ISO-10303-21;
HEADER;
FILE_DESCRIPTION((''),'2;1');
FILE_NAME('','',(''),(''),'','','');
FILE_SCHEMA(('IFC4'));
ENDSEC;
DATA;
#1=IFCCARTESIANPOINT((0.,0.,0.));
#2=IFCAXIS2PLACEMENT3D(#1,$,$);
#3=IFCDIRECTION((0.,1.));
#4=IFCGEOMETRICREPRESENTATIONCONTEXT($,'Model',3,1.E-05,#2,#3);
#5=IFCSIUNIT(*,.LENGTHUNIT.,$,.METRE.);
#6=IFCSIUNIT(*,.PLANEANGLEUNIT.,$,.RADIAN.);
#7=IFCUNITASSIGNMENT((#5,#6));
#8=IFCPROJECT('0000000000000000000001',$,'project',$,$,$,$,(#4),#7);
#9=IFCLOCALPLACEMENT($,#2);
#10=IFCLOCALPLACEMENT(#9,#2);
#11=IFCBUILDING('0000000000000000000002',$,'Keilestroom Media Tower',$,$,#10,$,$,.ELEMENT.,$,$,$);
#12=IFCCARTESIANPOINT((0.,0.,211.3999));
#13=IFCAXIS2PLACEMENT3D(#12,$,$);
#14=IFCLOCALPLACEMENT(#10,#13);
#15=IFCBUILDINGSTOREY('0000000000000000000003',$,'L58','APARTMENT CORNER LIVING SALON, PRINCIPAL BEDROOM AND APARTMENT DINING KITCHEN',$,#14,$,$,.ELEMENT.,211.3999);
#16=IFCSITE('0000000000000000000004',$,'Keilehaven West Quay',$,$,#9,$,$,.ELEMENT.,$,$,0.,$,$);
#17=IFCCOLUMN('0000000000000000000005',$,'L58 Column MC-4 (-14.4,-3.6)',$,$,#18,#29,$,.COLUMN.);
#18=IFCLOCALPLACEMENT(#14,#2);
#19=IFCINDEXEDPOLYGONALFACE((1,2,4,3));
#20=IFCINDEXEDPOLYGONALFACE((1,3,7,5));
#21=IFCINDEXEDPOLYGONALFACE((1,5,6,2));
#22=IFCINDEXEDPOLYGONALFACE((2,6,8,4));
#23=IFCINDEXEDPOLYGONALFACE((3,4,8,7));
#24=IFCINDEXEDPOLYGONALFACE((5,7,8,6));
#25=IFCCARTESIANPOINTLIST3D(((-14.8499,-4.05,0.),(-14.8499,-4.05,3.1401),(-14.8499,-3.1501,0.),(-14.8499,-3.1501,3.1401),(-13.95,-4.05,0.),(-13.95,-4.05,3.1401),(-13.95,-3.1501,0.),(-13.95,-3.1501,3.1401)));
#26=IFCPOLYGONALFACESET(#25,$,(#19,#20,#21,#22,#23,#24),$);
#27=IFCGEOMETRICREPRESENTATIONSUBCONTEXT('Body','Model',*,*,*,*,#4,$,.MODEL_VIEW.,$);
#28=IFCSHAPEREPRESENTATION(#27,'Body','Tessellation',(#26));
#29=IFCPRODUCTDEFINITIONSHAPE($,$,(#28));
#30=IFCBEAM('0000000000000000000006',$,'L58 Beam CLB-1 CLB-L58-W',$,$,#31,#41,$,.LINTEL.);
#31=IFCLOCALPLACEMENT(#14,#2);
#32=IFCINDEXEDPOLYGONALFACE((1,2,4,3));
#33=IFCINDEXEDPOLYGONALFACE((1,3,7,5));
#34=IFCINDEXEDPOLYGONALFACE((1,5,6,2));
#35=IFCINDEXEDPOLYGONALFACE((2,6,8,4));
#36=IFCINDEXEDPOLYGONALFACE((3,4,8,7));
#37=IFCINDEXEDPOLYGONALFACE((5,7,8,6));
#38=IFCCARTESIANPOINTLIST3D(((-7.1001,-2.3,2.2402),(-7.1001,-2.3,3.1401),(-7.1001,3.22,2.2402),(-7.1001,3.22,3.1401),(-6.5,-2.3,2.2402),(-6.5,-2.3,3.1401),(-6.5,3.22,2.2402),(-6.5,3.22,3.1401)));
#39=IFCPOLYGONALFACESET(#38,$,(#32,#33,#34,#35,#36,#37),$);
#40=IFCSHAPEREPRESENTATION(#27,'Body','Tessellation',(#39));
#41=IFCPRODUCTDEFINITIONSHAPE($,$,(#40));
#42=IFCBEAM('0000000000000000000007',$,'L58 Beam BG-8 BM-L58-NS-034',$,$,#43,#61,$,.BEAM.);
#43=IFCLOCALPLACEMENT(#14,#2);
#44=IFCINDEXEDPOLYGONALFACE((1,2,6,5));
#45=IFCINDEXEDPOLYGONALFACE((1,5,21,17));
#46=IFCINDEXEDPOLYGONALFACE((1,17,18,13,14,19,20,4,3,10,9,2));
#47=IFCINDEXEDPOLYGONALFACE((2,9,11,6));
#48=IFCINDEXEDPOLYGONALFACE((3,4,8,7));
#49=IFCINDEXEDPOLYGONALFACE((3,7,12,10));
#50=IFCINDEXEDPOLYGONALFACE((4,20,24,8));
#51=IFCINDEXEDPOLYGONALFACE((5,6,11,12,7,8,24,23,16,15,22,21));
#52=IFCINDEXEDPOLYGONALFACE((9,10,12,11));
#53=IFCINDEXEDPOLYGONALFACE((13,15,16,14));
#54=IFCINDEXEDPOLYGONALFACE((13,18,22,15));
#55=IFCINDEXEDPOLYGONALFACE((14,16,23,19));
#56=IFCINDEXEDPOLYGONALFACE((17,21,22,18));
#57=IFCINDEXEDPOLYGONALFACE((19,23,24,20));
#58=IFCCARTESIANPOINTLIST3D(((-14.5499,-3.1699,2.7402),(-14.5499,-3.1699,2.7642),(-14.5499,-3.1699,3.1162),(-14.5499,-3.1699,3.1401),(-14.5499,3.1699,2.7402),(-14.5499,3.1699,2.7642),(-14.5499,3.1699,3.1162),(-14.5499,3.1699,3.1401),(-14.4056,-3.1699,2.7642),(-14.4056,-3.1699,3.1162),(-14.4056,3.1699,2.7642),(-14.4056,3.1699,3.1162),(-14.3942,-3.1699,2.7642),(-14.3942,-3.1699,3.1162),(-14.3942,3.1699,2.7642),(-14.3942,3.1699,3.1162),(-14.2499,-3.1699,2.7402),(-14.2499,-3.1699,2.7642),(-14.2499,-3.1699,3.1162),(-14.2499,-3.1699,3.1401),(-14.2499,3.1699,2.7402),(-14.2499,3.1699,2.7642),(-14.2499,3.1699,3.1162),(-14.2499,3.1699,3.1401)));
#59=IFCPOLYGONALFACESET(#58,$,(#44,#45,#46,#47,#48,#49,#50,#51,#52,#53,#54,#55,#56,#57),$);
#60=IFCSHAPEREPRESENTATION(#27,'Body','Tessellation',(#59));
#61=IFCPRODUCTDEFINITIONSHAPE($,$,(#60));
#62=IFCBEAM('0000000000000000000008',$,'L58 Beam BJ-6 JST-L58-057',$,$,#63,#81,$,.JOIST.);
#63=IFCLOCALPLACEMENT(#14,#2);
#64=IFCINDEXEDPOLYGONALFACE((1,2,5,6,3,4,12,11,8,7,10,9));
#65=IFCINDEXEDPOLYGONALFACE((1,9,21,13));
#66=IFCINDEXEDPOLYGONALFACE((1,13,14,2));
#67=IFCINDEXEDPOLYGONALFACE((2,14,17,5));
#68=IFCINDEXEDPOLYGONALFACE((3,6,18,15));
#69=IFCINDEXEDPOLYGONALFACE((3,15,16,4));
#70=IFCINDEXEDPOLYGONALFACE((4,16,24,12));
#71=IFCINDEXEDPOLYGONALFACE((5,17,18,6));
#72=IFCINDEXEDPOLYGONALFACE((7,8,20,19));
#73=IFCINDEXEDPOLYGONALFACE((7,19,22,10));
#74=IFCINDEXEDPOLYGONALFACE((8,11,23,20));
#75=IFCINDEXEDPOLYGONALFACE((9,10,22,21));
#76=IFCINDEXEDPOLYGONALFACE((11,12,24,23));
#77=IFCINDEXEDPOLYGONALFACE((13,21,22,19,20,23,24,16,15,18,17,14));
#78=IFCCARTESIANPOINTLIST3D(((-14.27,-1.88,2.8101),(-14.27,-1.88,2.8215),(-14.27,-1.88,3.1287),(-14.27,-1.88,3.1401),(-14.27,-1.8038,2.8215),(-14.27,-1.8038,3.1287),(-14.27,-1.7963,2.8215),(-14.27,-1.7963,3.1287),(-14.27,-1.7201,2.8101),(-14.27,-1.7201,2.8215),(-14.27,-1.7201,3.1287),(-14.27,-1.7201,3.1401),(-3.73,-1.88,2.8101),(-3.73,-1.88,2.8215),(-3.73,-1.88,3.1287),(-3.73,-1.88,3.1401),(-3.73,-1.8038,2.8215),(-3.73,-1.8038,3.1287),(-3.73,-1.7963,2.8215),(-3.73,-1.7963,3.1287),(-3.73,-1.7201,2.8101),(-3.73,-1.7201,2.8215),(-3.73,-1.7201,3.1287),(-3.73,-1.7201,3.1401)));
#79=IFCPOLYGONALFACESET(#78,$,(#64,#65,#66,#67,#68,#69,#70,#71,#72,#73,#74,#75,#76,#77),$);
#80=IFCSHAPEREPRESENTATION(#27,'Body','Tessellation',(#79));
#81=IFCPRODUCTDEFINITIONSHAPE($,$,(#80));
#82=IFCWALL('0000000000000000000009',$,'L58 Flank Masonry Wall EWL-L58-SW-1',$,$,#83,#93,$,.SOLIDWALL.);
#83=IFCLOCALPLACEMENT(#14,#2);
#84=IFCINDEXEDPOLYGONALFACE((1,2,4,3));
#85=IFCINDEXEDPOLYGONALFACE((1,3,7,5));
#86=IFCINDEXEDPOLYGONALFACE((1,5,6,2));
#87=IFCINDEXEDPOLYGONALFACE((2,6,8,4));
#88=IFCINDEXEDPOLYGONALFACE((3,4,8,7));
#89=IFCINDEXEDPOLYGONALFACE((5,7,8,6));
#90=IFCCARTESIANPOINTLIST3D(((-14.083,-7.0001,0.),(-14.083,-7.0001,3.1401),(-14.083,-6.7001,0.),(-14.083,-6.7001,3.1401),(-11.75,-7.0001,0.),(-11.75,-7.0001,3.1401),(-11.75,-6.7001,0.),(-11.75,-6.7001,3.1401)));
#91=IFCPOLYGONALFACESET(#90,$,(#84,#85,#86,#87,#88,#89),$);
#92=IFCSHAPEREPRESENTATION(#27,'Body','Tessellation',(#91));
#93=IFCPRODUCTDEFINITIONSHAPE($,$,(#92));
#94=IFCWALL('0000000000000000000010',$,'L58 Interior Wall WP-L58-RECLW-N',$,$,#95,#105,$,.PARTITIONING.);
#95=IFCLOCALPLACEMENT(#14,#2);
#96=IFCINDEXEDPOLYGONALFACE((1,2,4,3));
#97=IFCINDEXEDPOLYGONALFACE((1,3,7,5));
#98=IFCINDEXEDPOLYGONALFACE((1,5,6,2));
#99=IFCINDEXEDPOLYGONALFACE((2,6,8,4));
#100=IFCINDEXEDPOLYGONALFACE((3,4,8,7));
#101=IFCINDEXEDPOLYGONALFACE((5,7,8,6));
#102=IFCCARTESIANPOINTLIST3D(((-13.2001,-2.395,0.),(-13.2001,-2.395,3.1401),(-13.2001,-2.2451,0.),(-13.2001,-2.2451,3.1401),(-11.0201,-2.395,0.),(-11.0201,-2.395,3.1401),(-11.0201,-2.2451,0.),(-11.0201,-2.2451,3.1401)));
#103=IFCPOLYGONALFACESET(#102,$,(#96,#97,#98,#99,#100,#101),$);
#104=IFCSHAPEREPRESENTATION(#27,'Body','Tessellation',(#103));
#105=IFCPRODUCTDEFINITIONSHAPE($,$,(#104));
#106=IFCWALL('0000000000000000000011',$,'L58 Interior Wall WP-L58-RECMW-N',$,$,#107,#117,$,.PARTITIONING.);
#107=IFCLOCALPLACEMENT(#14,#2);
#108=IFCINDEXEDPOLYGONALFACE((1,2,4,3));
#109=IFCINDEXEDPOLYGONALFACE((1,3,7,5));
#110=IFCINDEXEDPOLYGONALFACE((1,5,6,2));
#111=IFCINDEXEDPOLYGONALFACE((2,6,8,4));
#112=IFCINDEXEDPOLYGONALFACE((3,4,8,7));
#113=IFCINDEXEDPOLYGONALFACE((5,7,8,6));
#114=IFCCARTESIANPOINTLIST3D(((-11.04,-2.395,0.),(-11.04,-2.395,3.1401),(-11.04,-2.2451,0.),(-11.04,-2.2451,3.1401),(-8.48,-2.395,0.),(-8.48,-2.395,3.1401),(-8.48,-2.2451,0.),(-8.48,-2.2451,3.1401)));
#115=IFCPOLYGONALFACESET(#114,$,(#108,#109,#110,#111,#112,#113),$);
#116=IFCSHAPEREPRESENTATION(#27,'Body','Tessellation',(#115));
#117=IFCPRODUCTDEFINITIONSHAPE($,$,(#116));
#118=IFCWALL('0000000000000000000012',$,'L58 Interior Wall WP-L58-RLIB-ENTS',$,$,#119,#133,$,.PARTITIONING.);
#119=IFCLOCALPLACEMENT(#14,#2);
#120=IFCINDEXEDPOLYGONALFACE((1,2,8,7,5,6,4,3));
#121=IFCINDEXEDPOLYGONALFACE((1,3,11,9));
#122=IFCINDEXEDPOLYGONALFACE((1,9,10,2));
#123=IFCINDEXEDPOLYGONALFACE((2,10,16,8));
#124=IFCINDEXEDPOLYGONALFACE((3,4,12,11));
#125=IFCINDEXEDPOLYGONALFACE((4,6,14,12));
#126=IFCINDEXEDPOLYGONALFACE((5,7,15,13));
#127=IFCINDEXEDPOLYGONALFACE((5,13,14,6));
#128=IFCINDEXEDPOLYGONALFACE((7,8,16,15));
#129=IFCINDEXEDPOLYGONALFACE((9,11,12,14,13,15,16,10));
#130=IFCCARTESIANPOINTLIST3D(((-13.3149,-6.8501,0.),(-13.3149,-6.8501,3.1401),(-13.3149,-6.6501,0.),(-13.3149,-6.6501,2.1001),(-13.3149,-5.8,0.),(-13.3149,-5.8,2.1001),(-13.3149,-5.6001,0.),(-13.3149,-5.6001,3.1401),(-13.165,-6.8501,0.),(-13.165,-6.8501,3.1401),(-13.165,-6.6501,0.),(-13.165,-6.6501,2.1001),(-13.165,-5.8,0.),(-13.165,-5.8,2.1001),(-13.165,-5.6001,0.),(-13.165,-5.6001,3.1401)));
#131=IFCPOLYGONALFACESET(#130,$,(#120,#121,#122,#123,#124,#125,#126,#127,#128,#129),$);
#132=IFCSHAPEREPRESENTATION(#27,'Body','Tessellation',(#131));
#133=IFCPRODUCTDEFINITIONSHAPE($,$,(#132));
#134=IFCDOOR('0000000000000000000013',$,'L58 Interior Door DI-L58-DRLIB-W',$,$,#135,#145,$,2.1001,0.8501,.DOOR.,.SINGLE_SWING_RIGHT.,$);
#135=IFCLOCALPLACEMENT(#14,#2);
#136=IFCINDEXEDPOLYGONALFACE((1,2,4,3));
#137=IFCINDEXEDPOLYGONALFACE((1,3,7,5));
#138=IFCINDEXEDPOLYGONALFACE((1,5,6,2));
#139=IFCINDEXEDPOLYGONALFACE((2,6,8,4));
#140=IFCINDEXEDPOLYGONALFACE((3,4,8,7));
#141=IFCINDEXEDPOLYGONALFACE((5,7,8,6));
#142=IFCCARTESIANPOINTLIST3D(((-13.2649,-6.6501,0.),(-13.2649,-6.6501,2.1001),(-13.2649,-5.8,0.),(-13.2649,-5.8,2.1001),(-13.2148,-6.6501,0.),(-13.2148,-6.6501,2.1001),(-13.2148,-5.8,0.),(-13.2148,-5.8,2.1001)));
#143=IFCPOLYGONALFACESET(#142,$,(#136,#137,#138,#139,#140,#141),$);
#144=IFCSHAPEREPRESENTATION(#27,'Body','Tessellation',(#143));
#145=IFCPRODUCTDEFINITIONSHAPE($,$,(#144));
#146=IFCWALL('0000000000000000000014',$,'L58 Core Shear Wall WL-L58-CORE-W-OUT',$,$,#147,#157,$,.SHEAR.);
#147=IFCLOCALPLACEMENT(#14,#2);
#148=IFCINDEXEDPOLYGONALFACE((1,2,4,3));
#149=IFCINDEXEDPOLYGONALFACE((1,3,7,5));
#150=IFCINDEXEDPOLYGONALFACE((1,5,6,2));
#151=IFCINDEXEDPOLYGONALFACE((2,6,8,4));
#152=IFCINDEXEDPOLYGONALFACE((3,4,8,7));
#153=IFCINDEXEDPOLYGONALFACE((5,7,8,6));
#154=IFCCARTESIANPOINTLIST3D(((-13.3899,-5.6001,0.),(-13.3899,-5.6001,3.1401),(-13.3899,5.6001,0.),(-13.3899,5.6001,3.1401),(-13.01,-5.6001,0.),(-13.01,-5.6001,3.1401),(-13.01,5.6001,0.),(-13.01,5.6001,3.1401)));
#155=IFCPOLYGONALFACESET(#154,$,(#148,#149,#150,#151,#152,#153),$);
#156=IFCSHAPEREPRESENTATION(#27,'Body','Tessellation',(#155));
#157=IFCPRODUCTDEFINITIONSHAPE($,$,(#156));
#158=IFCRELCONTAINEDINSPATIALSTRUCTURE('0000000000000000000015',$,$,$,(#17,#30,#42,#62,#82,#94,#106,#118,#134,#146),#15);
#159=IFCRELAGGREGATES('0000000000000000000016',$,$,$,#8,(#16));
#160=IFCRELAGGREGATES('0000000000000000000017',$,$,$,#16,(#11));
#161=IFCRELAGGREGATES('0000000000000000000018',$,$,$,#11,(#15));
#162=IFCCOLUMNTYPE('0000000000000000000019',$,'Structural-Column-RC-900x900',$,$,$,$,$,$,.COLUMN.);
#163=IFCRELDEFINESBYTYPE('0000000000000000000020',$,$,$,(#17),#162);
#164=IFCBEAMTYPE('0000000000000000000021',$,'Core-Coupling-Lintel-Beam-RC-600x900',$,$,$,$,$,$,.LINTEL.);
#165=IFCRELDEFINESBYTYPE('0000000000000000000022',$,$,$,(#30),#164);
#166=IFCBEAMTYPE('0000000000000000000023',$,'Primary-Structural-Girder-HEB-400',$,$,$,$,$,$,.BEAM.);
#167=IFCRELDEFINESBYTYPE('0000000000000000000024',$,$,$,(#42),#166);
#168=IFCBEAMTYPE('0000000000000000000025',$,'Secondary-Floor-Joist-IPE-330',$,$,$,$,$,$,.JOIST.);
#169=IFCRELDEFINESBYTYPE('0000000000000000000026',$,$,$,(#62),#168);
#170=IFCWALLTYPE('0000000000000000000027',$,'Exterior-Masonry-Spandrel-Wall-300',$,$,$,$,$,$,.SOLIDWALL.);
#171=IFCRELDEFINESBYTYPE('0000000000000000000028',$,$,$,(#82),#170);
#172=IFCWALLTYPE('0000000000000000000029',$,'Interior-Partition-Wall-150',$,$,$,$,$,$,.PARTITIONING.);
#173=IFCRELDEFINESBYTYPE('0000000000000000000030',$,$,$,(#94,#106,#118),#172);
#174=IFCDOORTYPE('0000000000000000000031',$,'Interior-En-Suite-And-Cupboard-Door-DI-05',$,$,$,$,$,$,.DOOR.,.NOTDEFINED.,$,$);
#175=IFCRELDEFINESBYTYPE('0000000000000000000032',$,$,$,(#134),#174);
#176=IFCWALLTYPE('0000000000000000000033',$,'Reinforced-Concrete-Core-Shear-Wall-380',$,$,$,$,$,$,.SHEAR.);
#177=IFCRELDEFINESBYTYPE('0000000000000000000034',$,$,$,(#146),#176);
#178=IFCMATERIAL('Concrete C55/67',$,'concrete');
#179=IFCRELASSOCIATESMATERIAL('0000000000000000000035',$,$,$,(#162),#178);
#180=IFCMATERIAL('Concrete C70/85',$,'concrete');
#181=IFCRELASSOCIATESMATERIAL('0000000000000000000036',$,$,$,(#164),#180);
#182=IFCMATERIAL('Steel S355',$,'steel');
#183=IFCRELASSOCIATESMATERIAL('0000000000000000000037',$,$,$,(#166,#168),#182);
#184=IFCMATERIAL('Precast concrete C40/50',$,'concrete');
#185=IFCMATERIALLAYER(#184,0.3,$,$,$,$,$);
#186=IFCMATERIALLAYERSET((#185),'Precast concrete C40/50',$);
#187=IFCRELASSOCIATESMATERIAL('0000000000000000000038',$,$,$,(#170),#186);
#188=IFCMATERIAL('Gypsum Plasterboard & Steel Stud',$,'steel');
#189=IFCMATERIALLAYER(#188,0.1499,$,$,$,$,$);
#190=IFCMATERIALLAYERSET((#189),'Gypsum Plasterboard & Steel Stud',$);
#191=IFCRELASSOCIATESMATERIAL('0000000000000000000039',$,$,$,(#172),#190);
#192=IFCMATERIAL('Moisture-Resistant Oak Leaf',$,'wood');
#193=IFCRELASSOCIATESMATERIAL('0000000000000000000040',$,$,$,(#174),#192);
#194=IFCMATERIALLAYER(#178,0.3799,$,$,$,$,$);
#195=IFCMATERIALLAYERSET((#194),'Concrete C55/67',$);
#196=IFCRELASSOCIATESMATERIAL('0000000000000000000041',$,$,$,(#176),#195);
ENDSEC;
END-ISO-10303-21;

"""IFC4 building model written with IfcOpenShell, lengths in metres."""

from ifc_helpers import new_model, si_unit, direction, frame, frame_2d, origin, origin_2d, place, context, subcontext, project, spatial, rectangle, i_section, extrude, source, transform, mapped, material, layer, layer_set, material_profile, profile_set, type_object, element, fill, save


model = new_model("IFC4")

# Units and contexts
model_context = context("Model", 3, precision=1e-05, world=origin(), true_north=direction((0.0, 1.0)))
body_context = subcontext(model_context, "Body", "Model", "MODEL_VIEW")
ifc_project = project(units=[si_unit("LENGTHUNIT", "METRE"), si_unit("PLANEANGLEUNIT", "RADIAN")], contexts=[model_context])

# Site, building, storey
site_placement = place(None, origin())
site = spatial("IfcSite", under=ifc_project, at=site_placement, Name="Keilehaven West Quay", CompositionType="ELEMENT", RefElevation=0.0)
building_placement = place(site_placement, origin())
building = spatial("IfcBuilding", under=site, at=building_placement, Name="Keilestroom Media Tower", CompositionType="ELEMENT")
storey_placement = place(building_placement, frame((0.0, 0.0, 211.3999)))
storey = spatial("IfcBuildingStorey", under=building, at=storey_placement, Name="L58", Description="APARTMENT CORNER LIVING SALON, PRINCIPAL BEDROOM AND APARTMENT DINING KITCHEN", CompositionType="ELEMENT", Elevation=211.3999)

# Column
ifc_material_1 = material(Name="Concrete C55/67", Category="concrete")
ifc_material_profile_1 = material_profile(ifc_material_1, rectangle(XDim=0.8999, YDim=0.8999, at=origin_2d()), Name="RC 900x900")
ifc_profile_set_1 = profile_set([ifc_material_profile_1], Name="Concrete C55/67")
column_type = type_object("IfcColumnType", Name="Structural-Column-RC-900x900", PredefinedType="COLUMN", material=ifc_profile_set_1)
shared_shape_1 = source(origin(), body_context, "Body", "SweptSolid", [
    extrude(rectangle(XDim=0.8999, YDim=0.8999, at=origin_2d()), origin(), (0.0, 0.0, 1.0), 3.1401),
])
column_placement = place(storey_placement, frame((-14.3999, -3.6001, 0.0), z_axis=(0.0, 0.0, 1.0), x_axis=(1.0, 0.0, 0.0)))
element("IfcColumn", 1, at=column_placement, inside=storey, type_object=column_type, Name="L58 Column MC-4 (-14.4,-3.6)", PredefinedType="COLUMN", context=body_context, shape_type="MappedRepresentation", body=[
    mapped(shared_shape_1, transform((0.0, 0.0, 0.0), x_axis=(1.0, 0.0, 0.0), y_axis=(0.0, 1.0, 0.0), z_axis=(0.0, 0.0, 1.0), scale=1.0)),
])

# Beams
ifc_material_2 = material(Name="Concrete C70/85", Category="concrete")
ifc_material_profile_2 = material_profile(ifc_material_2, rectangle(XDim=0.6001, YDim=0.8999, at=origin_2d()), Name="RC 600x900")
ifc_profile_set_2 = profile_set([ifc_material_profile_2], Name="Concrete C70/85")
beam_type_1 = type_object("IfcBeamType", Name="Core-Coupling-Lintel-Beam-RC-600x900", PredefinedType="LINTEL", material=ifc_profile_set_2)
shared_shape_2 = source(origin(), body_context, "Body", "SweptSolid", [
    extrude(rectangle(XDim=0.6001, YDim=0.8999, at=origin_2d()), origin(), (0.0, 0.0, 1.0), 5.52),
])
beam_1_placement = place(storey_placement, frame((-6.8, -2.3, 2.6902), z_axis=(0.0, 1.0, 0.0), x_axis=(-1.0, 0.0, 0.0)))
element("IfcBeam", 2, at=beam_1_placement, inside=storey, type_object=beam_type_1, Name="L58 Beam CLB-1 CLB-L58-W", PredefinedType="LINTEL", context=body_context, shape_type="MappedRepresentation", body=[
    mapped(shared_shape_2, transform((0.0, 0.0, 0.0), x_axis=(1.0, 0.0, 0.0), y_axis=(0.0, 1.0, 0.0), z_axis=(0.0, 0.0, 1.0), scale=1.0)),
])
ifc_material_3 = material(Name="Steel S355", Category="steel")
ifc_material_profile_3 = material_profile(ifc_material_3, i_section(OverallWidth=0.3, OverallDepth=0.3999, WebThickness=0.0115, FlangeThickness=0.0239, at=origin_2d()), Name="HEB 400")
ifc_profile_set_3 = profile_set([ifc_material_profile_3], Name="Steel S355")
beam_type_2 = type_object("IfcBeamType", Name="Primary-Structural-Girder-HEB-400", PredefinedType="BEAM", material=ifc_profile_set_3)
shared_shape_3 = source(origin(), body_context, "Body", "SweptSolid", [
    extrude(i_section(OverallWidth=0.3, OverallDepth=0.3999, WebThickness=0.0115, FlangeThickness=0.0239, at=origin_2d()), origin(), (0.0, 0.0, 1.0), 6.3398),
])
beam_2_placement = place(storey_placement, frame((-14.3999, -3.1699, 2.9402), z_axis=(0.0, 1.0, 0.0), x_axis=(-1.0, 0.0, 0.0)))
element("IfcBeam", 3, at=beam_2_placement, inside=storey, type_object=beam_type_2, Name="L58 Beam BG-8 BM-L58-NS-034", PredefinedType="BEAM", context=body_context, shape_type="MappedRepresentation", body=[
    mapped(shared_shape_3, transform((0.0, 0.0, 0.0), x_axis=(1.0, 0.0, 0.0), y_axis=(0.0, 1.0, 0.0), z_axis=(0.0, 0.0, 1.0), scale=1.0)),
])
ifc_material_profile_4 = material_profile(ifc_material_3, i_section(OverallWidth=0.1599, OverallDepth=0.3301, WebThickness=0.0076, FlangeThickness=0.0115, at=origin_2d()), Name="IPE 330")
ifc_profile_set_4 = profile_set([ifc_material_profile_4], Name="Steel S355")
beam_type_3 = type_object("IfcBeamType", Name="Secondary-Floor-Joist-IPE-330", PredefinedType="JOIST", material=ifc_profile_set_4)
shared_shape_4 = source(origin(), body_context, "Body", "SweptSolid", [
    extrude(i_section(OverallWidth=0.1599, OverallDepth=0.3301, WebThickness=0.0076, FlangeThickness=0.0115, at=origin_2d()), origin(), (0.0, 0.0, 1.0), 10.54),
])
beam_3_placement = place(storey_placement, frame((-14.27, -1.8, 2.9751), z_axis=(1.0, 0.0, 0.0), x_axis=(0.0, 1.0, 0.0)))
element("IfcBeam", 4, at=beam_3_placement, inside=storey, type_object=beam_type_3, Name="L58 Beam BJ-6 JST-L58-057", PredefinedType="JOIST", context=body_context, shape_type="MappedRepresentation", body=[
    mapped(shared_shape_4, transform((0.0, 0.0, 0.0), x_axis=(1.0, 0.0, 0.0), y_axis=(0.0, 1.0, 0.0), z_axis=(0.0, 0.0, 1.0), scale=1.0)),
])

# Walls
ifc_material_4 = material(Name="Precast concrete C40/50", Category="concrete")
ifc_layer_1 = layer(ifc_material_4, 0.3)
ifc_layer_set_1 = layer_set([ifc_layer_1], Name="Precast concrete C40/50")
wall_type_1 = type_object("IfcWallType", Name="Exterior-Masonry-Spandrel-Wall-300", PredefinedType="SOLIDWALL", material=ifc_layer_set_1)
wall_1_placement = place(storey_placement, frame((-14.083, -6.8501, 0.0), z_axis=(0.0, 0.0, 1.0), x_axis=(1.0, 0.0, 0.0)))
element("IfcWall", 5, at=wall_1_placement, inside=storey, type_object=wall_type_1, Name="L58 Flank Masonry Wall EWL-L58-SW-1", PredefinedType="SOLIDWALL", context=body_context, shape_type="SweptSolid", body=[
    extrude(rectangle(XDim=2.333, YDim=0.3, at=frame_2d((1.1665, 0.0))), origin(), (0.0, 0.0, 1.0), 3.1401),
])
ifc_material_5 = material(Name="Gypsum Plasterboard & Steel Stud", Category="steel")
ifc_layer_2 = layer(ifc_material_5, 0.1499)
ifc_layer_set_2 = layer_set([ifc_layer_2], Name="Gypsum Plasterboard & Steel Stud")
wall_type_2 = type_object("IfcWallType", Name="Interior-Partition-Wall-150", PredefinedType="PARTITIONING", material=ifc_layer_set_2)
wall_2_placement = place(storey_placement, frame((-13.2, -2.3201, 0.0), z_axis=(0.0, 0.0, 1.0), x_axis=(1.0, 0.0, 0.0)))
element("IfcWall", 6, at=wall_2_placement, inside=storey, type_object=wall_type_2, Name="L58 Interior Wall WP-L58-RECLW-N", PredefinedType="PARTITIONING", context=body_context, shape_type="SweptSolid", body=[
    extrude(rectangle(XDim=2.1799, YDim=0.1499, at=frame_2d((1.0898, 0.0))), origin(), (0.0, 0.0, 1.0), 3.1401),
])
wall_3_placement = place(storey_placement, frame((-11.04, -2.3201, 0.0), z_axis=(0.0, 0.0, 1.0), x_axis=(1.0, 0.0, 0.0)))
element("IfcWall", 7, at=wall_3_placement, inside=storey, type_object=wall_type_2, Name="L58 Interior Wall WP-L58-RECMW-N", PredefinedType="PARTITIONING", context=body_context, shape_type="SweptSolid", body=[
    extrude(rectangle(XDim=2.5601, YDim=0.1499, at=frame_2d((1.28, 0.0))), origin(), (0.0, 0.0, 1.0), 3.1401),
])

# Wall, opening, door
wall_4_placement = place(storey_placement, frame((-13.24, -6.8501, 0.0), z_axis=(0.0, 0.0, 1.0), x_axis=(0.0, 1.0, 0.0)))
wall_4 = element("IfcWall", 8, at=wall_4_placement, inside=storey, type_object=wall_type_2, Name="L58 Interior Wall WP-L58-RLIB-ENTS", PredefinedType="PARTITIONING", context=body_context, shape_type="SweptSolid", body=[
    extrude(rectangle(XDim=1.25, YDim=0.1499, at=frame_2d((0.625, 0.0))), origin(), (0.0, 0.0, 1.0), 3.1401),
])
opening_1_placement = place(wall_4_placement, frame((0.2, 0.0, 0.0)))
opening_1 = element("IfcOpeningElement", 9, at=opening_1_placement, cuts=wall_4, PredefinedType="OPENING", context=body_context, shape_type="SweptSolid", body=[
    extrude(rectangle(XDim=0.8501, YDim=2.1001, at=frame_2d((0.425, 1.05))), frame((0.0, 0.085, 0.0), z_axis=(0.0, -1.0, 0.0), x_axis=(1.0, 0.0, 0.0)), (0.0, 0.0, 1.0), 0.1699),
])
ifc_material_6 = material(Name="Moisture-Resistant Oak Leaf", Category="wood")
door_type_1 = type_object("IfcDoorType", Name="Interior-En-Suite-And-Cupboard-Door-DI-05", OperationType="NOTDEFINED", PredefinedType="DOOR", material=ifc_material_6)
shared_shape_5 = source(origin(), body_context, "Body", "SweptSolid", [
    extrude(rectangle(XDim=0.8501, YDim=2.1001, at=frame_2d((0.425, 1.05))), frame((0.0, 0.0249, 0.0), z_axis=(0.0, -1.0, 0.0), x_axis=(1.0, 0.0, 0.0)), (0.0, 0.0, 1.0), 0.05),
])
door_1_placement = place(opening_1_placement, origin())
door_1 = element("IfcDoor", 10, at=door_1_placement, inside=storey, type_object=door_type_1, Name="L58 Interior Door DI-L58-DRLIB-W", OperationType="SINGLE_SWING_RIGHT", OverallHeight=2.1001, OverallWidth=0.8501, PredefinedType="DOOR", context=body_context, shape_type="MappedRepresentation", body=[
    mapped(shared_shape_5, transform((0.0, 0.0, 0.0), x_axis=(1.0, 0.0, 0.0), y_axis=(0.0, 1.0, 0.0), z_axis=(0.0, 0.0, 1.0), scale=1.0)),
])
fill(opening_1, door_1)

# Wall
ifc_layer_3 = layer(ifc_material_1, 0.3799)
ifc_layer_set_3 = layer_set([ifc_layer_3], Name="Concrete C55/67")
wall_type_3 = type_object("IfcWallType", Name="Reinforced-Concrete-Core-Shear-Wall-380", PredefinedType="SHEAR", material=ifc_layer_set_3)
wall_5_placement = place(storey_placement, frame((-13.2, -5.6001, 0.0), z_axis=(0.0, 0.0, 1.0), x_axis=(0.0, 1.0, 0.0)))
element("IfcWall", 11, at=wall_5_placement, inside=storey, type_object=wall_type_3, Name="L58 Core Shear Wall WL-L58-CORE-W-OUT", PredefinedType="SHEAR", context=body_context, shape_type="SweptSolid", body=[
    extrude(rectangle(XDim=11.2002, YDim=0.3799, at=frame_2d((5.6001, 0.0))), origin(), (0.0, 0.0, 1.0), 3.1401),
])

save(model, "model.ifc")
